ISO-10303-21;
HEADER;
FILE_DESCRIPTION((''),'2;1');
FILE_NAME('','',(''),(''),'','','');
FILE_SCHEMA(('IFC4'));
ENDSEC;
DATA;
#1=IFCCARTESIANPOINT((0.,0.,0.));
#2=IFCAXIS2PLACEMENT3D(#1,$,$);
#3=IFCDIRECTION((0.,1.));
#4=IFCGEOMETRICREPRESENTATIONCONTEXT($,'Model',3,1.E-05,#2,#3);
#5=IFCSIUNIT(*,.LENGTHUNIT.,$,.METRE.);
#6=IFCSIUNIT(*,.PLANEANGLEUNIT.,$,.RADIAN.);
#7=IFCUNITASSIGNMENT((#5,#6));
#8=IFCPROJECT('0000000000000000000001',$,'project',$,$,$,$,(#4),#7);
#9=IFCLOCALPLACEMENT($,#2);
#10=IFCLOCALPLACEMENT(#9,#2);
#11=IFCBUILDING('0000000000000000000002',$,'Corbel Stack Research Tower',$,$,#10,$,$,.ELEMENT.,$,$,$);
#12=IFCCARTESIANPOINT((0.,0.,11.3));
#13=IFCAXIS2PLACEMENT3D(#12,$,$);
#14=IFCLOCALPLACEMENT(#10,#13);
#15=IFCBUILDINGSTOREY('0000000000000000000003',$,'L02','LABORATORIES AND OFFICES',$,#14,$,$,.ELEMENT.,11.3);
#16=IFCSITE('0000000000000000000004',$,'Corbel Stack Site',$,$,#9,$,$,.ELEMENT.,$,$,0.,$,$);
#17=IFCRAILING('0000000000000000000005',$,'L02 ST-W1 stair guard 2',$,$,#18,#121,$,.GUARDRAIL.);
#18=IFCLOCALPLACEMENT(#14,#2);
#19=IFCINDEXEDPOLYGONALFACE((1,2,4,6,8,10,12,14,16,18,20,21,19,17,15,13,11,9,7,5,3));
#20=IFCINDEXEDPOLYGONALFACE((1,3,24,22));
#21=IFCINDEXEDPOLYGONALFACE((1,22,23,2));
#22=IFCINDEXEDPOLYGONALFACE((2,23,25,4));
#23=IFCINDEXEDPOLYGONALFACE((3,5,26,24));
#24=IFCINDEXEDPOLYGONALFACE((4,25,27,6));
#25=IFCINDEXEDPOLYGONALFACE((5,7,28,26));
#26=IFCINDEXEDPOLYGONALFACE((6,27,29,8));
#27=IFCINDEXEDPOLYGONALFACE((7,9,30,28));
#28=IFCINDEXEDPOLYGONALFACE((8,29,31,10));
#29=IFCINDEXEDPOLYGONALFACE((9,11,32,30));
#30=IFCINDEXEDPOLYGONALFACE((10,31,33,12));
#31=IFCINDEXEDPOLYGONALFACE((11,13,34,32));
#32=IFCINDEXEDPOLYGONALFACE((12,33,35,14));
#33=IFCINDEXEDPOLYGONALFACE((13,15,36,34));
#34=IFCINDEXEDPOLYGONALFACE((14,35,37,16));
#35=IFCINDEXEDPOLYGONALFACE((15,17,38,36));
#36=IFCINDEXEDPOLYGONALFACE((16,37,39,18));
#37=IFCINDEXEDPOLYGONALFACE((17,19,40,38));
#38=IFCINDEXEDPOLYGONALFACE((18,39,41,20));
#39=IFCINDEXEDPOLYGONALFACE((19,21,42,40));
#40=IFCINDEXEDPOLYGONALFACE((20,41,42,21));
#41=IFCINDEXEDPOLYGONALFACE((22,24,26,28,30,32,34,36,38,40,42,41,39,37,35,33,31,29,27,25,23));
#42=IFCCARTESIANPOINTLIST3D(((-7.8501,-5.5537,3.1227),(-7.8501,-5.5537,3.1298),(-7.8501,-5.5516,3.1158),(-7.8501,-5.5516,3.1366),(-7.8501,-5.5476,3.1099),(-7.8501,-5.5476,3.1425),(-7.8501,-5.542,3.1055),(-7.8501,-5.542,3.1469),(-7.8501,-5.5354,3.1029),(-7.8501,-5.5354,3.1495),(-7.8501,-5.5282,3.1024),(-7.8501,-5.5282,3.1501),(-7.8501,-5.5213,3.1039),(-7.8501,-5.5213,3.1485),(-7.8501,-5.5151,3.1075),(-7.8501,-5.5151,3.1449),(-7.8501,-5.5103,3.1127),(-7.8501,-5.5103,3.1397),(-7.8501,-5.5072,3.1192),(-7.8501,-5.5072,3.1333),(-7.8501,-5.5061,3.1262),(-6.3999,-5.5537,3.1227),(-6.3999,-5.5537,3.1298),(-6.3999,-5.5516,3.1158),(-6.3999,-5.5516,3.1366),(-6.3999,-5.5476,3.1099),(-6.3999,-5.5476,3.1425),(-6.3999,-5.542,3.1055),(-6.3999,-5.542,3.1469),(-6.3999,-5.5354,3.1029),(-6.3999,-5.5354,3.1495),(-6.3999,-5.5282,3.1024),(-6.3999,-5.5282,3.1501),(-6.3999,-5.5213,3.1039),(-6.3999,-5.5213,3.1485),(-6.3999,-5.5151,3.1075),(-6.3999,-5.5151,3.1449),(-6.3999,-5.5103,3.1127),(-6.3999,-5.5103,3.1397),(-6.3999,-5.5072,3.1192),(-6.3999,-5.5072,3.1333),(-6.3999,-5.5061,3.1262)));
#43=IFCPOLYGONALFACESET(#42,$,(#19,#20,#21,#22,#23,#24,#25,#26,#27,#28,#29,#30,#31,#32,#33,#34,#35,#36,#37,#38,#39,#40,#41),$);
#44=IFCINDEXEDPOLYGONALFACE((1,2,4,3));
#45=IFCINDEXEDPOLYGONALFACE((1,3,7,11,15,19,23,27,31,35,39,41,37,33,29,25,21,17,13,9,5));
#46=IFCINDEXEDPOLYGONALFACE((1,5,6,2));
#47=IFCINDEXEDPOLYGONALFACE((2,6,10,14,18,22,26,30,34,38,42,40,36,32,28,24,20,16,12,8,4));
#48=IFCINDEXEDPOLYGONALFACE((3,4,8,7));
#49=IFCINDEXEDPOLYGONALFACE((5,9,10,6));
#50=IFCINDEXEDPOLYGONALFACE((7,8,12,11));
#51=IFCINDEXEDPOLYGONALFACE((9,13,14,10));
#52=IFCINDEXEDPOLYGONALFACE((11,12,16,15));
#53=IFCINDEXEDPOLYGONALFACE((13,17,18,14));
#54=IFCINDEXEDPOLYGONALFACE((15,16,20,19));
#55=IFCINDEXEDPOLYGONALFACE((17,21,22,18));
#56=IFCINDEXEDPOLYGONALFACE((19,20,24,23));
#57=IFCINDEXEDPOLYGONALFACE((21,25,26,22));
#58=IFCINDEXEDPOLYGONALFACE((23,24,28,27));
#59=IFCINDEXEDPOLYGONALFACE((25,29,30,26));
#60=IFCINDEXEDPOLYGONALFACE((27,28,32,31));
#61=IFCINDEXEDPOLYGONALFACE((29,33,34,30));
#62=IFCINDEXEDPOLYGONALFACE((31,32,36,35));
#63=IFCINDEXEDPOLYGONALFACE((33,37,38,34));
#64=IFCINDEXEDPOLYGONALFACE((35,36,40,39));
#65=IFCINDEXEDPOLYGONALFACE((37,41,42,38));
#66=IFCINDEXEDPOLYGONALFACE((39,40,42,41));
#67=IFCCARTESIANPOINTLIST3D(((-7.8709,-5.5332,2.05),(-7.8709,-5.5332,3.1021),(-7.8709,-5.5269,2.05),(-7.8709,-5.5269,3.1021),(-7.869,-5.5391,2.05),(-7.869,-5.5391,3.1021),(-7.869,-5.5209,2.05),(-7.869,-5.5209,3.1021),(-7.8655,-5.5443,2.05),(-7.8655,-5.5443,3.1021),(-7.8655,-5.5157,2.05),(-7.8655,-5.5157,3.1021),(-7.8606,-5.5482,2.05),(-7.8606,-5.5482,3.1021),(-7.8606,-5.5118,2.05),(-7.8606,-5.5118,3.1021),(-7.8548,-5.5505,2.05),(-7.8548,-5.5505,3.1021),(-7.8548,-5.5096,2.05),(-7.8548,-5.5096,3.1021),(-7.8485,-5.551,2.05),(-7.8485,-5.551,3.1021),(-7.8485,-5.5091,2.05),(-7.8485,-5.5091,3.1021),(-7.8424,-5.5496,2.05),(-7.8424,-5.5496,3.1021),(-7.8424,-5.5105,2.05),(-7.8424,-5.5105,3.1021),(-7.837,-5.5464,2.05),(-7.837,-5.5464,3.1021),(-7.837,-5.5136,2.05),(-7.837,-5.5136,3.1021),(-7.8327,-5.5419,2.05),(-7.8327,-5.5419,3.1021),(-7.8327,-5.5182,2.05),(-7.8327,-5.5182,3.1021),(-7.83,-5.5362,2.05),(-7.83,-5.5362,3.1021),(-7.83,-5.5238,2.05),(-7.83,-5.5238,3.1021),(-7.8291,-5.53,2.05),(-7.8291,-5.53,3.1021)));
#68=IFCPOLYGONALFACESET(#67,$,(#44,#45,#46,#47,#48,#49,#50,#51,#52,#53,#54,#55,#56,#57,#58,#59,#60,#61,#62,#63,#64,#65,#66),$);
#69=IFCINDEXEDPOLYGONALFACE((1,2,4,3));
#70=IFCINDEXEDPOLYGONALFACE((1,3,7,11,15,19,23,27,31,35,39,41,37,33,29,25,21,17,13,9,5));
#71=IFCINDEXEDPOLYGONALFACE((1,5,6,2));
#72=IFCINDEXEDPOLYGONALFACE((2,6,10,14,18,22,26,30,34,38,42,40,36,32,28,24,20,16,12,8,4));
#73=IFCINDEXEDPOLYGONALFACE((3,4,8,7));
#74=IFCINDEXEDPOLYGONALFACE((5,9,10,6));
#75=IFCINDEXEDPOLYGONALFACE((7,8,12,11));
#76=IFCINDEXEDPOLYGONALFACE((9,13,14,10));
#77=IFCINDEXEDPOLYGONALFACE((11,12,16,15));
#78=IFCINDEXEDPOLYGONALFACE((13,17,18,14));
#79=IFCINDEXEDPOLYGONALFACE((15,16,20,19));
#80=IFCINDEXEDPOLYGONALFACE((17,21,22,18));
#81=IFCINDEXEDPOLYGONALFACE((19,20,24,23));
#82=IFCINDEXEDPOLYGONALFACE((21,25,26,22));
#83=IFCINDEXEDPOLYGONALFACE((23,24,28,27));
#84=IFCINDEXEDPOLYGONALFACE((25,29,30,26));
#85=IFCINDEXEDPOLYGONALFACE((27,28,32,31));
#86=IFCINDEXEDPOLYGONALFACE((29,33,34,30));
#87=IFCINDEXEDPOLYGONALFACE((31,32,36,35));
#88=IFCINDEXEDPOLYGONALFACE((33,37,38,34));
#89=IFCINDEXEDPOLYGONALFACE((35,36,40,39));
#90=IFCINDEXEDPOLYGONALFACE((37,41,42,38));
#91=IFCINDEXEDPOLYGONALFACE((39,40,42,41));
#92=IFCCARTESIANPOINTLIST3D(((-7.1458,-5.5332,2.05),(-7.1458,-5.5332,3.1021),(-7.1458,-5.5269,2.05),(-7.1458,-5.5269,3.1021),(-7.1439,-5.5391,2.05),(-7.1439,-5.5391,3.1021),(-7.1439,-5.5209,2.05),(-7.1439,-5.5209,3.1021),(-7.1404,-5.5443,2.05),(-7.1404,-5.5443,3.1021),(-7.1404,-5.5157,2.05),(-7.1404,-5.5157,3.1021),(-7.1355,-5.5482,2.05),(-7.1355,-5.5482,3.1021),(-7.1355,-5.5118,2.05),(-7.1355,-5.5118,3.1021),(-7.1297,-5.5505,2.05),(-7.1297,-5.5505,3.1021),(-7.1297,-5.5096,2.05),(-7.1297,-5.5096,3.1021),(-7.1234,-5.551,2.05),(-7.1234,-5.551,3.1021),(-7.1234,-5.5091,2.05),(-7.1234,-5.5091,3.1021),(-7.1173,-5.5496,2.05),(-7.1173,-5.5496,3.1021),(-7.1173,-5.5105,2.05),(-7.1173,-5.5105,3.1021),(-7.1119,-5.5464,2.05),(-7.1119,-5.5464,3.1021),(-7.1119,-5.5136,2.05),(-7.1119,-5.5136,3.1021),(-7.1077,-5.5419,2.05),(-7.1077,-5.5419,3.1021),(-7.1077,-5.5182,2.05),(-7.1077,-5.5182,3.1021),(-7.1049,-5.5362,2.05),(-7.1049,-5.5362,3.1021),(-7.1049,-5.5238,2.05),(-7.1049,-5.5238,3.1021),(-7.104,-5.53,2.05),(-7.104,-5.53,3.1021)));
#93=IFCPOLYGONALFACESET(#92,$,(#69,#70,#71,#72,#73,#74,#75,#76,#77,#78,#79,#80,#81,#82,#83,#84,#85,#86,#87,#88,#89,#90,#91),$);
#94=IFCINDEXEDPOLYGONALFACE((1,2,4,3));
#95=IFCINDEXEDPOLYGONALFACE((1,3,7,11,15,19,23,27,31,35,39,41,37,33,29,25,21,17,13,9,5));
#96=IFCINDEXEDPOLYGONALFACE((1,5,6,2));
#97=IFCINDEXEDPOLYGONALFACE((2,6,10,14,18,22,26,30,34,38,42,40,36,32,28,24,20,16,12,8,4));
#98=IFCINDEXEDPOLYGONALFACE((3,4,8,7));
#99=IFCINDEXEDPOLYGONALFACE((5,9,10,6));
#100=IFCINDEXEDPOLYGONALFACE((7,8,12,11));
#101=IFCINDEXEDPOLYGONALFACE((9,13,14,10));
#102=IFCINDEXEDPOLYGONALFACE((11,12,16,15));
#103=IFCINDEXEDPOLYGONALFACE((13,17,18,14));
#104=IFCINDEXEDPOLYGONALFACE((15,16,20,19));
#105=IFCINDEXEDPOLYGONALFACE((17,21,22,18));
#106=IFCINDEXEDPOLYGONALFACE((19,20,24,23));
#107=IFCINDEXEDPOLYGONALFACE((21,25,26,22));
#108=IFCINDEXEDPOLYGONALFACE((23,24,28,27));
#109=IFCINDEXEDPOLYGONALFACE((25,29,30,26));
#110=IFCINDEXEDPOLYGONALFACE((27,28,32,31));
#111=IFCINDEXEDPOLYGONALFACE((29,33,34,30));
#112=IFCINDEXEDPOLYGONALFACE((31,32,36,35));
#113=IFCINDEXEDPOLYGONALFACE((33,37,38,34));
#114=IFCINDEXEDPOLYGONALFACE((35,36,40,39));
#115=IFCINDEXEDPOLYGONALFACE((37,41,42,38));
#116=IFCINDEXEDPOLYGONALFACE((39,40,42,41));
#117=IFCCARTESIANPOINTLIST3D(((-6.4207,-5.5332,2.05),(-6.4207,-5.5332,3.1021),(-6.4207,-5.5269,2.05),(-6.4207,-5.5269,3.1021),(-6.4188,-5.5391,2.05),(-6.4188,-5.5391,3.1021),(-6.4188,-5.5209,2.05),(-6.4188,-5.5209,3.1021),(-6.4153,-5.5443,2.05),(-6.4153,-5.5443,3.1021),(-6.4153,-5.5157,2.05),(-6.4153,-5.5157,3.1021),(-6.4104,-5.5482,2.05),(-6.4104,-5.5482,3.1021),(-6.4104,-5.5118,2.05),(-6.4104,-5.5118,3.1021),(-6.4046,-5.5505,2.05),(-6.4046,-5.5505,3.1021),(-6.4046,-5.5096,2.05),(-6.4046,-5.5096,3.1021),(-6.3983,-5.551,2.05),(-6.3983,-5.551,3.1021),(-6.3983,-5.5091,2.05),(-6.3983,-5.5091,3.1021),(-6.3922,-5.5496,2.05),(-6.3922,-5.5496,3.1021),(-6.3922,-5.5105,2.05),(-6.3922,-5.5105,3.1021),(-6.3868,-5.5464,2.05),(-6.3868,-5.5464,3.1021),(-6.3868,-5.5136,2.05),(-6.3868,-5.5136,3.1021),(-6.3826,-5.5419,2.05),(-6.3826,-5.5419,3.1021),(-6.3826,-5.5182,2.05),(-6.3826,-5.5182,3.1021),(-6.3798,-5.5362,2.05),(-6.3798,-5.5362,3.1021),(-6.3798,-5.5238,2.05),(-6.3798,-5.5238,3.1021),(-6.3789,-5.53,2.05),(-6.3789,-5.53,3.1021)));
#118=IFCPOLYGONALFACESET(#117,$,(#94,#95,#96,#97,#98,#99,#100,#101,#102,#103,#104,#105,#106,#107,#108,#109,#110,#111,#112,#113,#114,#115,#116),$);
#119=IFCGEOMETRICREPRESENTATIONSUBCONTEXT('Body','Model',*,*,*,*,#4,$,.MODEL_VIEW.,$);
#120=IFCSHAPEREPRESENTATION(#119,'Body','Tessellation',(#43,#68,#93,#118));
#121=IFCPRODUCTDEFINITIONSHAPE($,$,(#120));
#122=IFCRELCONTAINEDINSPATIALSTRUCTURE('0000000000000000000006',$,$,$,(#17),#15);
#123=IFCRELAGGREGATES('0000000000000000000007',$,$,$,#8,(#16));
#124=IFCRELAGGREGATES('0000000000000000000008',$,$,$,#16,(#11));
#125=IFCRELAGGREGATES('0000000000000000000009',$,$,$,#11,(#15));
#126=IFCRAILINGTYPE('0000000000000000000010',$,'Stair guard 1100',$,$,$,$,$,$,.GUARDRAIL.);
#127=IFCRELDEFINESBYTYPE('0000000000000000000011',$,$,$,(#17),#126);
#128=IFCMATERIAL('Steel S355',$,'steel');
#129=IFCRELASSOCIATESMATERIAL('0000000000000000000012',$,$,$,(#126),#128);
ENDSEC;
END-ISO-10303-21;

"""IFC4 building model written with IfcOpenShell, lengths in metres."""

from ifc_helpers import new_model, si_unit, direction, frame, origin, origin_2d, place, context, subcontext, project, spatial, circle, extrude, material, type_object, element, save


model = new_model("IFC4")

# Units and contexts
model_context = context("Model", 3, precision=1e-05, world=origin(), true_north=direction((0.0, 1.0)))
body_context = subcontext(model_context, "Body", "Model", "MODEL_VIEW")
ifc_project = project(units=[si_unit("LENGTHUNIT", "METRE"), si_unit("PLANEANGLEUNIT", "RADIAN")], contexts=[model_context])

# Site, building, storey
site_placement = place(None, origin())
site = spatial("IfcSite", under=ifc_project, at=site_placement, Name="Corbel Stack Site", CompositionType="ELEMENT", RefElevation=0.0)
building_placement = place(site_placement, origin())
building = spatial("IfcBuilding", under=site, at=building_placement, Name="Corbel Stack Research Tower", CompositionType="ELEMENT")
storey_placement = place(building_placement, frame((0.0, 0.0, 11.3)))
storey = spatial("IfcBuildingStorey", under=building, at=storey_placement, Name="L02", Description="LABORATORIES AND OFFICES", CompositionType="ELEMENT", Elevation=11.3)

# Railing
ifc_material_1 = material(Name="Steel S355", Category="steel")
railing_type = type_object("IfcRailingType", Name="Stair guard 1100", PredefinedType="GUARDRAIL", material=ifc_material_1)
railing_placement = place(storey_placement, frame((-7.8501, -5.53, 2.05)))
element("IfcRailing", 1, at=railing_placement, inside=storey, type_object=railing_type, Name="L02 ST-W1 stair guard 2", PredefinedType="GUARDRAIL", context=body_context, shape_type="SweptSolid", body=[
    extrude(circle(Radius=0.0239, at=origin_2d()), frame((0.0, 0.0, 1.0762), z_axis=(1.0, 0.0, 0.0), x_axis=(0.0, 1.0, 0.0)), (0.0, 0.0, 1.0), 1.4502),
    extrude(circle(Radius=0.021, at=origin_2d()), origin(), (0.0, 0.0, 1.0), 1.052),
    extrude(circle(Radius=0.021, at=origin_2d()), frame((0.7251, 0.0, 0.0)), (0.0, 0.0, 1.0), 1.052),
    extrude(circle(Radius=0.021, at=origin_2d()), frame((1.4502, 0.0, 0.0)), (0.0, 0.0, 1.0), 1.052),
])

save(model, "model.ifc")
